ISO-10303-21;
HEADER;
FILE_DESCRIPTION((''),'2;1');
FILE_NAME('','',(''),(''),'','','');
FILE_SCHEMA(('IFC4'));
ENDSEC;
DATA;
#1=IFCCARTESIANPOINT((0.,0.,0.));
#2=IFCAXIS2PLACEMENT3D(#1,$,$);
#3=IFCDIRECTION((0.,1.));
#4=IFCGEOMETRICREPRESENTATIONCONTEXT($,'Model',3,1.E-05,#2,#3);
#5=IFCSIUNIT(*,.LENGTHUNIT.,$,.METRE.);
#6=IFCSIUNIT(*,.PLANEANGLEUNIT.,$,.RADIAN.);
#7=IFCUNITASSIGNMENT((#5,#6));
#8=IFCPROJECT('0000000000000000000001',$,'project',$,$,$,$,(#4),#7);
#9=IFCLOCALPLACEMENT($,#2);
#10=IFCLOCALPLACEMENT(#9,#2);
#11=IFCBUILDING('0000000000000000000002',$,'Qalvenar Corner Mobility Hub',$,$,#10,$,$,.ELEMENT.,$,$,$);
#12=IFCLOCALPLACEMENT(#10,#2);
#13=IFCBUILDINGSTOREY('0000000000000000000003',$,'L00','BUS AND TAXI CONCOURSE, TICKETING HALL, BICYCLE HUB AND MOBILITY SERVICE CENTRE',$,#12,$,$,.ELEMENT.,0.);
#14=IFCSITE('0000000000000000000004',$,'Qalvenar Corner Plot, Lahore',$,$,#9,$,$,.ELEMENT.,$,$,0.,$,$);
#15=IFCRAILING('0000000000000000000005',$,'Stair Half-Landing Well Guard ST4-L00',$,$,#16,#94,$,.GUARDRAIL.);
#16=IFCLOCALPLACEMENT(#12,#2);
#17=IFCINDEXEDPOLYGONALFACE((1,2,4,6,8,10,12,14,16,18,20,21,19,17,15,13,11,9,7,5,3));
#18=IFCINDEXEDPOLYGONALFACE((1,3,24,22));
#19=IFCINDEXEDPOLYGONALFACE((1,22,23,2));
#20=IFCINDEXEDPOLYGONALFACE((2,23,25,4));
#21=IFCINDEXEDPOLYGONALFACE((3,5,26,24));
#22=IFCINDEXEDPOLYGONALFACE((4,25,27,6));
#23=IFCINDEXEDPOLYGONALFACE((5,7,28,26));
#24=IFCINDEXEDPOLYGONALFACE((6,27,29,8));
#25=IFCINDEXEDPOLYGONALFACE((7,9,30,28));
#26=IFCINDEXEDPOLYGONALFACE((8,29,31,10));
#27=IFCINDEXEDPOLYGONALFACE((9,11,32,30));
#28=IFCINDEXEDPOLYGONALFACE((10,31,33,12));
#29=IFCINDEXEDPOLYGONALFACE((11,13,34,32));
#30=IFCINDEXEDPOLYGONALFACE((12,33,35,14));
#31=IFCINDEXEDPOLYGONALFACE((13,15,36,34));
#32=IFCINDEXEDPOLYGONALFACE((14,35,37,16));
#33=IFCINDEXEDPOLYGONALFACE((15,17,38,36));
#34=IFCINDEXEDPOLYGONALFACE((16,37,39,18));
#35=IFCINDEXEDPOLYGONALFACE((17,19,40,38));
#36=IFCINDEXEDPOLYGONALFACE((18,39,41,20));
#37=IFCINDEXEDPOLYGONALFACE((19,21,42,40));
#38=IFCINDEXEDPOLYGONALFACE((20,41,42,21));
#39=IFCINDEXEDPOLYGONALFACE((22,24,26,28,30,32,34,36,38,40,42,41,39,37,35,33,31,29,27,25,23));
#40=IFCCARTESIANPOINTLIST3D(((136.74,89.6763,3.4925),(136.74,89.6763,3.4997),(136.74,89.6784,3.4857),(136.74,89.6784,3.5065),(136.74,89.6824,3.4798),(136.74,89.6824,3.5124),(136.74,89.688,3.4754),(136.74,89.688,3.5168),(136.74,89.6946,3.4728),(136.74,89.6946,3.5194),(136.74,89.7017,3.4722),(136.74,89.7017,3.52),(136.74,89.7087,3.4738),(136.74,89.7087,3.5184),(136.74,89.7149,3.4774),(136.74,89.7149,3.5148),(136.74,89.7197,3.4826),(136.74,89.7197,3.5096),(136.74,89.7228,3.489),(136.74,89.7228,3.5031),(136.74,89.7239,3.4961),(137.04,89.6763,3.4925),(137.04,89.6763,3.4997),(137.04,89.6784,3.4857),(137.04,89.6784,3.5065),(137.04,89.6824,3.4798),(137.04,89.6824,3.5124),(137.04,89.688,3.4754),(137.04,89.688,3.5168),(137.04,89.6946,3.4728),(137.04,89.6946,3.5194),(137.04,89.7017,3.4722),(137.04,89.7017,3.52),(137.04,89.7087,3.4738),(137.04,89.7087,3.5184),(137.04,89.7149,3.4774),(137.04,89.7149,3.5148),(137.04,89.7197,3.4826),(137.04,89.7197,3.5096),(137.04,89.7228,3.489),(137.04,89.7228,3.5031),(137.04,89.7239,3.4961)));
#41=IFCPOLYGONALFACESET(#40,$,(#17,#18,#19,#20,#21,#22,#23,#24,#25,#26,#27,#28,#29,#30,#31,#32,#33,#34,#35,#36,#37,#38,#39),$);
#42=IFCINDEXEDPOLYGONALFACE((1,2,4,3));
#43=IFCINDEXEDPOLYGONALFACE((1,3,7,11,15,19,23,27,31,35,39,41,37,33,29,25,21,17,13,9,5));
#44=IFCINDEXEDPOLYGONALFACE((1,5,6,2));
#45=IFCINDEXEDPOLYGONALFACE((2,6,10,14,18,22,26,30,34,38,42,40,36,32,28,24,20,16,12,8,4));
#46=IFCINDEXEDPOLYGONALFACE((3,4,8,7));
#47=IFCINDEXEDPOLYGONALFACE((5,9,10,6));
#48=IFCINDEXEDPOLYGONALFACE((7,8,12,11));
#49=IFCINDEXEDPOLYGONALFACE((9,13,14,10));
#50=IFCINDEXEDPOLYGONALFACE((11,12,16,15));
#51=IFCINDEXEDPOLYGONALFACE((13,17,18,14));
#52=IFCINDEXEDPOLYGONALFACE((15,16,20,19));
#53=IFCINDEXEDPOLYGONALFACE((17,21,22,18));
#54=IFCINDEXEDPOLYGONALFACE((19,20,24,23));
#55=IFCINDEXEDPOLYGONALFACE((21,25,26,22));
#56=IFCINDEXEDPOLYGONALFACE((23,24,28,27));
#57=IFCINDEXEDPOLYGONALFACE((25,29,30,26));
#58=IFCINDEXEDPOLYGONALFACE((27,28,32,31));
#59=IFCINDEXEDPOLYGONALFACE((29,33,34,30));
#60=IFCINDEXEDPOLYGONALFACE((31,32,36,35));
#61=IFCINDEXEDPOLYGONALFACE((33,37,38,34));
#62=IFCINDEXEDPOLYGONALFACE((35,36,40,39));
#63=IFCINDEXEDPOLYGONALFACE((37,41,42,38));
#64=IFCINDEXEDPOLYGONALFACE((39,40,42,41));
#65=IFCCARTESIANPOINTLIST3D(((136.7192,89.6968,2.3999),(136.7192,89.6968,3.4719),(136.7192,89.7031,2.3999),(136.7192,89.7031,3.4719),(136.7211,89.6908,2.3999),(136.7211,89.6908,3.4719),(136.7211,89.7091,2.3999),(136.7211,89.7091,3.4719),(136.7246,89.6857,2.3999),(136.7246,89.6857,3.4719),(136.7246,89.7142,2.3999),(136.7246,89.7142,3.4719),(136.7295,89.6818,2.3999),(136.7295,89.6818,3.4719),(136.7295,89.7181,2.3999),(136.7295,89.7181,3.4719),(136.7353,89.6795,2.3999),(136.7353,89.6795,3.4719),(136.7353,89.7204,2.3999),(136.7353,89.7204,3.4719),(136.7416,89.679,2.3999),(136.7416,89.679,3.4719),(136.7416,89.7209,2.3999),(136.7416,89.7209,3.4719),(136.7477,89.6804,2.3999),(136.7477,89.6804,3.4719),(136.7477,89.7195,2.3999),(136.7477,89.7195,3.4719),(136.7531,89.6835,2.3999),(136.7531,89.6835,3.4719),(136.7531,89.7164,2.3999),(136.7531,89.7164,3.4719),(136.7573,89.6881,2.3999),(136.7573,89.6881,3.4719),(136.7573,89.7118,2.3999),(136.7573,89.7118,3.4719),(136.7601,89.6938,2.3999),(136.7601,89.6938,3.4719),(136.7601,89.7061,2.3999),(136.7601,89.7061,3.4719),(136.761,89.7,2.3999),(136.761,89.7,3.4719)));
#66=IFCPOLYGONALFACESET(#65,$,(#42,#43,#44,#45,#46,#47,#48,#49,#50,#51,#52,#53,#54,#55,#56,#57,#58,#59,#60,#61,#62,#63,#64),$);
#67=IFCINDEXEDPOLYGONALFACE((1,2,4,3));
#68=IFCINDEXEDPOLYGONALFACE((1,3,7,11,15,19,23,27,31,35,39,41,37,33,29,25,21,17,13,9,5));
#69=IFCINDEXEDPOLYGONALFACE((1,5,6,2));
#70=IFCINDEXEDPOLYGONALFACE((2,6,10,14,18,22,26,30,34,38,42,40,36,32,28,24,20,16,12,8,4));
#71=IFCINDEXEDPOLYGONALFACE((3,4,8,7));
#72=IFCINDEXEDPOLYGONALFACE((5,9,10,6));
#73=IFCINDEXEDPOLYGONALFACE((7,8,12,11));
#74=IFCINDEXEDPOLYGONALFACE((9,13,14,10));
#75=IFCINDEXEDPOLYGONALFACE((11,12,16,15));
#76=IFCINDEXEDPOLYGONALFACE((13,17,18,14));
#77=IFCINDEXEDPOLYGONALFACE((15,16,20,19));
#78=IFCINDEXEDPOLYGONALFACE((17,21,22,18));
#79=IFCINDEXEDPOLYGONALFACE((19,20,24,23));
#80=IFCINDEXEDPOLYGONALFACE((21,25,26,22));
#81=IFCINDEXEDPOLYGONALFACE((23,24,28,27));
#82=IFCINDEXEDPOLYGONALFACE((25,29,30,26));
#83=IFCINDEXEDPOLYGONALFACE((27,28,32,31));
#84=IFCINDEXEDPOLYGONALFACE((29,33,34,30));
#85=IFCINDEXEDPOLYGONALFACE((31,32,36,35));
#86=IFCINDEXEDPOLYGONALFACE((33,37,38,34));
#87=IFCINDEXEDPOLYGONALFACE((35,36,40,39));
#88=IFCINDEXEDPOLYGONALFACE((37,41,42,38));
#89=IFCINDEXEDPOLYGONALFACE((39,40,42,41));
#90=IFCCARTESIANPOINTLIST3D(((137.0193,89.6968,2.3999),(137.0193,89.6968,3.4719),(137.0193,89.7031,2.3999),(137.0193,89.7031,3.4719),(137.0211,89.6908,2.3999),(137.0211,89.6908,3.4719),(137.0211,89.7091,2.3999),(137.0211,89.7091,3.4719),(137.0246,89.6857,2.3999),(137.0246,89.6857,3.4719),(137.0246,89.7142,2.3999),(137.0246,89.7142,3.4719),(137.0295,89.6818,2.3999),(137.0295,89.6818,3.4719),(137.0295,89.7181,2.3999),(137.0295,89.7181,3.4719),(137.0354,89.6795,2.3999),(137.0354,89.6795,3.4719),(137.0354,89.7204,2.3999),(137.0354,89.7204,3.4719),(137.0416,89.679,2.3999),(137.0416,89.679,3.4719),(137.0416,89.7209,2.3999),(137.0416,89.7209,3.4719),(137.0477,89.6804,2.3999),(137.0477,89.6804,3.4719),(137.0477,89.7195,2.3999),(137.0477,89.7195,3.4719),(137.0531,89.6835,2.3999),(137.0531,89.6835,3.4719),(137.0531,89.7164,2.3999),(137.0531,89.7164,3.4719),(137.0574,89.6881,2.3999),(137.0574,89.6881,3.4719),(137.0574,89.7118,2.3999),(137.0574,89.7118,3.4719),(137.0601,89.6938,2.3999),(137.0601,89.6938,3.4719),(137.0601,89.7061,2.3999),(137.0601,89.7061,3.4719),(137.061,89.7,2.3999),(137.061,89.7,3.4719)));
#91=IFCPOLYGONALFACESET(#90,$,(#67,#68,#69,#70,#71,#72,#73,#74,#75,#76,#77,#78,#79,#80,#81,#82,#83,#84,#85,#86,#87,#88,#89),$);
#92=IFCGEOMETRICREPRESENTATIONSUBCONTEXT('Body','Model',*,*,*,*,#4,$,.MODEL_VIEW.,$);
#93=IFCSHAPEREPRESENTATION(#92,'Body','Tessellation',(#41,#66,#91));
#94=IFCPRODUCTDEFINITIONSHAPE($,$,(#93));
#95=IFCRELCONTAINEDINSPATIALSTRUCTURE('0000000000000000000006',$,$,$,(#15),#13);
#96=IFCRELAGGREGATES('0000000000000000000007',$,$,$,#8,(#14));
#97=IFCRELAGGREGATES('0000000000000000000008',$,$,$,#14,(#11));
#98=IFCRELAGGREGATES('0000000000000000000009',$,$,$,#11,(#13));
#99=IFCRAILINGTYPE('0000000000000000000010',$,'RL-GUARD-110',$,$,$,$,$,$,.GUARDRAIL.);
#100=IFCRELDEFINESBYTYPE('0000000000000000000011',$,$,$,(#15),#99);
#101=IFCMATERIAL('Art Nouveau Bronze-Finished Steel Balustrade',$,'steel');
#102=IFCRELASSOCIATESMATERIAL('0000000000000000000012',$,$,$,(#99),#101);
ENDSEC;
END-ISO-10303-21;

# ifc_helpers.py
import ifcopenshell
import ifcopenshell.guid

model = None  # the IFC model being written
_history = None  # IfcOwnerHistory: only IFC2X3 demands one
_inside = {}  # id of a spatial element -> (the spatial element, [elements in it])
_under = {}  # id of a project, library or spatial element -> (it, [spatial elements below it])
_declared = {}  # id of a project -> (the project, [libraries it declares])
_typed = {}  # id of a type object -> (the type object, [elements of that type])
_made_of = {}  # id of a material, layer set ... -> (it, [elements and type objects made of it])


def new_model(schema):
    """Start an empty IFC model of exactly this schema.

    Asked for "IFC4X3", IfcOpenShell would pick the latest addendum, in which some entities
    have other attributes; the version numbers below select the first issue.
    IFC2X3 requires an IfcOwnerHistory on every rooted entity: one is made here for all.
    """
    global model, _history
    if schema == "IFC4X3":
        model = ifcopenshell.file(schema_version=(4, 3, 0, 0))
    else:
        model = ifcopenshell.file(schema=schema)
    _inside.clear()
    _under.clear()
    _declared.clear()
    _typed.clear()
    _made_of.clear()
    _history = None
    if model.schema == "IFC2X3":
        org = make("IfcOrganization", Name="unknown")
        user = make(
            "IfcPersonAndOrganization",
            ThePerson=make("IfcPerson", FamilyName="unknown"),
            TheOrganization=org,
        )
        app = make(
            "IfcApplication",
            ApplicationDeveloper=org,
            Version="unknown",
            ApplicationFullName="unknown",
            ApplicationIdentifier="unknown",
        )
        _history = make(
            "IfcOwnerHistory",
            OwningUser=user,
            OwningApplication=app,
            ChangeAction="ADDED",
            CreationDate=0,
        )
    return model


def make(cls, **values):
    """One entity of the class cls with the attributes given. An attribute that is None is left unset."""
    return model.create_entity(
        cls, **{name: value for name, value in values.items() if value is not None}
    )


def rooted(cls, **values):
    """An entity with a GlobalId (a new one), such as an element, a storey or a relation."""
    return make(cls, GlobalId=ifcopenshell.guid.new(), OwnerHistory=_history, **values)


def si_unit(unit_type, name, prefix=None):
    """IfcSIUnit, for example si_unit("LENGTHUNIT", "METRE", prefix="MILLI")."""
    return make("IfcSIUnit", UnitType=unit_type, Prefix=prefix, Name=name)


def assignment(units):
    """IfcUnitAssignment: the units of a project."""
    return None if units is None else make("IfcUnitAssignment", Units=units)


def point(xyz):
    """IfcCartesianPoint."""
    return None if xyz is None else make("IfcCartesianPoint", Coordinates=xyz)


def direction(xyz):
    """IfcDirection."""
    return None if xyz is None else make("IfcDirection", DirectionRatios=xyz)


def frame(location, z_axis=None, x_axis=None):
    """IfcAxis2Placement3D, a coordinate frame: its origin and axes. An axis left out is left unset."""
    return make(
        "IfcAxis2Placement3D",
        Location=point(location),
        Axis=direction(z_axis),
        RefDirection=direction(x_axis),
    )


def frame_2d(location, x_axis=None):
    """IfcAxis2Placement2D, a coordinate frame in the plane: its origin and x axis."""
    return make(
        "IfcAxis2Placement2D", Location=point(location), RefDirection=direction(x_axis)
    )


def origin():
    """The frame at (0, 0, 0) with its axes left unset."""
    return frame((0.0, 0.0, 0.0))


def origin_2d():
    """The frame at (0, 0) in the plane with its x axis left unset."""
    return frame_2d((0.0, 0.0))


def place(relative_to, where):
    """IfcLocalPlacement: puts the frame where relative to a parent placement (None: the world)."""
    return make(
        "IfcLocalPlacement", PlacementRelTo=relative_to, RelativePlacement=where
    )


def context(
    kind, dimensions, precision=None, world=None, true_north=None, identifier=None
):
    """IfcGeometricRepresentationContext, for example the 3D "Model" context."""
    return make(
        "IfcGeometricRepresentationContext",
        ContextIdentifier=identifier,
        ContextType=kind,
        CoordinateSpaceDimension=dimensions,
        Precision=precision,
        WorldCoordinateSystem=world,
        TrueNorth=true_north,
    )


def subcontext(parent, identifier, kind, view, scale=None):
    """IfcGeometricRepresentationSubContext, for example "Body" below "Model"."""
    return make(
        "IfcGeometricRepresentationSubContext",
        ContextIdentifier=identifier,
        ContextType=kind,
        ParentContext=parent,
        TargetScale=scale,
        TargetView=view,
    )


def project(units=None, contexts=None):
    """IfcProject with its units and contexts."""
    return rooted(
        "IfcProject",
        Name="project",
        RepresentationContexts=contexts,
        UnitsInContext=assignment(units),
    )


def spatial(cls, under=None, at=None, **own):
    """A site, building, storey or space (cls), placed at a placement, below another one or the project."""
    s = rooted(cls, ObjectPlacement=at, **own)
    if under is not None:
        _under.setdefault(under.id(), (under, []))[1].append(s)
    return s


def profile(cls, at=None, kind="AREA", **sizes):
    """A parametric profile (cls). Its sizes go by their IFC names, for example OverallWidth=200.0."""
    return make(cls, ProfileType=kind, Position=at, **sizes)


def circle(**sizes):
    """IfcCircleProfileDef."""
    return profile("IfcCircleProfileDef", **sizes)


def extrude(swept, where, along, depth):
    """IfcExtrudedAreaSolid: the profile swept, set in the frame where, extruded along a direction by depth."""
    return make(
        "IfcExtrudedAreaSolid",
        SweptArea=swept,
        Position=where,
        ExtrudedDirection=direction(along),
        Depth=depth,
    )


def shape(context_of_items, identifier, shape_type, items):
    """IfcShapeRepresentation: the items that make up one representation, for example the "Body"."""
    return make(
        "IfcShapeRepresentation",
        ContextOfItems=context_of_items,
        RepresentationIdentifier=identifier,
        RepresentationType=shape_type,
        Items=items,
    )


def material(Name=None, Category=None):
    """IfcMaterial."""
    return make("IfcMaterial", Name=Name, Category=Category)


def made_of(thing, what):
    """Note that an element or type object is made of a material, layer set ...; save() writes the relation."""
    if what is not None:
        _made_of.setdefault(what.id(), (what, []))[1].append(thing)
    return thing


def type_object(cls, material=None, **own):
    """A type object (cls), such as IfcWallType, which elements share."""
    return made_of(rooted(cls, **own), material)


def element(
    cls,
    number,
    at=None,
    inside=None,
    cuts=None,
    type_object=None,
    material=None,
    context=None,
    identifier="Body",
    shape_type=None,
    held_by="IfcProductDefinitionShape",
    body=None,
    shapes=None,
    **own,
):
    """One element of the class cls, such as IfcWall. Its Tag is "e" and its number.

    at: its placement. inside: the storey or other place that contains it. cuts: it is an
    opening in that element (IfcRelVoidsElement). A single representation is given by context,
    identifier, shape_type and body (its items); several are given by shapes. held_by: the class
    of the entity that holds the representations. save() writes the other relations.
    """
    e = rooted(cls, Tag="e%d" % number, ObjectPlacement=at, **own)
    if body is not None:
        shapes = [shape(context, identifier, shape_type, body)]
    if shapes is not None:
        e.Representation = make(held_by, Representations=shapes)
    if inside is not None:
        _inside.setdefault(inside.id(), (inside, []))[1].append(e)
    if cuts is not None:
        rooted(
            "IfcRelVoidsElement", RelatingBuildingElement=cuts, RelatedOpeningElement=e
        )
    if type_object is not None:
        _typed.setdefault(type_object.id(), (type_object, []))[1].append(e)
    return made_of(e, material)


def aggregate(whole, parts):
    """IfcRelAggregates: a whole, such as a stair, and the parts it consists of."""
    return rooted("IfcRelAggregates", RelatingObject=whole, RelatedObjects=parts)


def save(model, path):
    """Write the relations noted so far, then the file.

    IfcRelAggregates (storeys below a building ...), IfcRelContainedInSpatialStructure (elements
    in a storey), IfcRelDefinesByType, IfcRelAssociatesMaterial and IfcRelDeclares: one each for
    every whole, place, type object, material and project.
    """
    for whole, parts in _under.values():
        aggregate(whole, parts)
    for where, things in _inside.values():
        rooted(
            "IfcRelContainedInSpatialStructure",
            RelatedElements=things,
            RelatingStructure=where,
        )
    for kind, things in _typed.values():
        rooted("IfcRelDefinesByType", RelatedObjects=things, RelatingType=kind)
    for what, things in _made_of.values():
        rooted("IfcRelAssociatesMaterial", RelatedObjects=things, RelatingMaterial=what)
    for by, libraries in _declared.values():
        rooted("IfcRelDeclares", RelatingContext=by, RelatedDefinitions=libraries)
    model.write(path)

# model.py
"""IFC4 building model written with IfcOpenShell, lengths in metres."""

from ifc_helpers import new_model, si_unit, direction, frame, origin, origin_2d, place, context, subcontext, project, spatial, circle, extrude, material, type_object, element, save


model = new_model("IFC4")

# Units and contexts
model_context = context("Model", 3, precision=1e-05, world=origin(), true_north=direction((0.0, 1.0)))
body_context = subcontext(model_context, "Body", "Model", "MODEL_VIEW")
ifc_project = project(units=[si_unit("LENGTHUNIT", "METRE"), si_unit("PLANEANGLEUNIT", "RADIAN")], contexts=[model_context])

# Site, building, storey
site_placement = place(None, origin())
site = spatial("IfcSite", under=ifc_project, at=site_placement, Name="Qalvenar Corner Plot, Lahore", CompositionType="ELEMENT", RefElevation=0.0)
building_placement = place(site_placement, origin())
building = spatial("IfcBuilding", under=site, at=building_placement, Name="Qalvenar Corner Mobility Hub", CompositionType="ELEMENT")
storey_placement = place(building_placement, origin())
storey = spatial("IfcBuildingStorey", under=building, at=storey_placement, Name="L00", Description="BUS AND TAXI CONCOURSE, TICKETING HALL, BICYCLE HUB AND MOBILITY SERVICE CENTRE", CompositionType="ELEMENT", Elevation=0.0)

# Railing
ifc_material_1 = material(Name="Art Nouveau Bronze-Finished Steel Balustrade", Category="steel")
railing_type_1 = type_object("IfcRailingType", Name="RL-GUARD-110", PredefinedType="GUARDRAIL", material=ifc_material_1)
railing_1_placement = place(storey_placement, frame((136.74, 89.7, 2.3999)))
element("IfcRailing", 1, at=railing_1_placement, inside=storey, type_object=railing_type_1, Name="Stair Half-Landing Well Guard ST4-L00", PredefinedType="GUARDRAIL", context=body_context, shape_type="SweptSolid", body=[
    extrude(circle(Radius=0.0239, at=origin_2d()), frame((0.0, 0.0, 1.0962), z_axis=(1.0, 0.0, 0.0), x_axis=(0.0, 1.0, 0.0)), (0.0, 0.0, 1.0), 0.3),
    extrude(circle(Radius=0.021, at=origin_2d()), origin(), (0.0, 0.0, 1.0), 1.072),
    extrude(circle(Radius=0.021, at=origin_2d()), frame((0.3, 0.0, 0.0)), (0.0, 0.0, 1.0), 1.072),
])

save(model, "model.ifc")
